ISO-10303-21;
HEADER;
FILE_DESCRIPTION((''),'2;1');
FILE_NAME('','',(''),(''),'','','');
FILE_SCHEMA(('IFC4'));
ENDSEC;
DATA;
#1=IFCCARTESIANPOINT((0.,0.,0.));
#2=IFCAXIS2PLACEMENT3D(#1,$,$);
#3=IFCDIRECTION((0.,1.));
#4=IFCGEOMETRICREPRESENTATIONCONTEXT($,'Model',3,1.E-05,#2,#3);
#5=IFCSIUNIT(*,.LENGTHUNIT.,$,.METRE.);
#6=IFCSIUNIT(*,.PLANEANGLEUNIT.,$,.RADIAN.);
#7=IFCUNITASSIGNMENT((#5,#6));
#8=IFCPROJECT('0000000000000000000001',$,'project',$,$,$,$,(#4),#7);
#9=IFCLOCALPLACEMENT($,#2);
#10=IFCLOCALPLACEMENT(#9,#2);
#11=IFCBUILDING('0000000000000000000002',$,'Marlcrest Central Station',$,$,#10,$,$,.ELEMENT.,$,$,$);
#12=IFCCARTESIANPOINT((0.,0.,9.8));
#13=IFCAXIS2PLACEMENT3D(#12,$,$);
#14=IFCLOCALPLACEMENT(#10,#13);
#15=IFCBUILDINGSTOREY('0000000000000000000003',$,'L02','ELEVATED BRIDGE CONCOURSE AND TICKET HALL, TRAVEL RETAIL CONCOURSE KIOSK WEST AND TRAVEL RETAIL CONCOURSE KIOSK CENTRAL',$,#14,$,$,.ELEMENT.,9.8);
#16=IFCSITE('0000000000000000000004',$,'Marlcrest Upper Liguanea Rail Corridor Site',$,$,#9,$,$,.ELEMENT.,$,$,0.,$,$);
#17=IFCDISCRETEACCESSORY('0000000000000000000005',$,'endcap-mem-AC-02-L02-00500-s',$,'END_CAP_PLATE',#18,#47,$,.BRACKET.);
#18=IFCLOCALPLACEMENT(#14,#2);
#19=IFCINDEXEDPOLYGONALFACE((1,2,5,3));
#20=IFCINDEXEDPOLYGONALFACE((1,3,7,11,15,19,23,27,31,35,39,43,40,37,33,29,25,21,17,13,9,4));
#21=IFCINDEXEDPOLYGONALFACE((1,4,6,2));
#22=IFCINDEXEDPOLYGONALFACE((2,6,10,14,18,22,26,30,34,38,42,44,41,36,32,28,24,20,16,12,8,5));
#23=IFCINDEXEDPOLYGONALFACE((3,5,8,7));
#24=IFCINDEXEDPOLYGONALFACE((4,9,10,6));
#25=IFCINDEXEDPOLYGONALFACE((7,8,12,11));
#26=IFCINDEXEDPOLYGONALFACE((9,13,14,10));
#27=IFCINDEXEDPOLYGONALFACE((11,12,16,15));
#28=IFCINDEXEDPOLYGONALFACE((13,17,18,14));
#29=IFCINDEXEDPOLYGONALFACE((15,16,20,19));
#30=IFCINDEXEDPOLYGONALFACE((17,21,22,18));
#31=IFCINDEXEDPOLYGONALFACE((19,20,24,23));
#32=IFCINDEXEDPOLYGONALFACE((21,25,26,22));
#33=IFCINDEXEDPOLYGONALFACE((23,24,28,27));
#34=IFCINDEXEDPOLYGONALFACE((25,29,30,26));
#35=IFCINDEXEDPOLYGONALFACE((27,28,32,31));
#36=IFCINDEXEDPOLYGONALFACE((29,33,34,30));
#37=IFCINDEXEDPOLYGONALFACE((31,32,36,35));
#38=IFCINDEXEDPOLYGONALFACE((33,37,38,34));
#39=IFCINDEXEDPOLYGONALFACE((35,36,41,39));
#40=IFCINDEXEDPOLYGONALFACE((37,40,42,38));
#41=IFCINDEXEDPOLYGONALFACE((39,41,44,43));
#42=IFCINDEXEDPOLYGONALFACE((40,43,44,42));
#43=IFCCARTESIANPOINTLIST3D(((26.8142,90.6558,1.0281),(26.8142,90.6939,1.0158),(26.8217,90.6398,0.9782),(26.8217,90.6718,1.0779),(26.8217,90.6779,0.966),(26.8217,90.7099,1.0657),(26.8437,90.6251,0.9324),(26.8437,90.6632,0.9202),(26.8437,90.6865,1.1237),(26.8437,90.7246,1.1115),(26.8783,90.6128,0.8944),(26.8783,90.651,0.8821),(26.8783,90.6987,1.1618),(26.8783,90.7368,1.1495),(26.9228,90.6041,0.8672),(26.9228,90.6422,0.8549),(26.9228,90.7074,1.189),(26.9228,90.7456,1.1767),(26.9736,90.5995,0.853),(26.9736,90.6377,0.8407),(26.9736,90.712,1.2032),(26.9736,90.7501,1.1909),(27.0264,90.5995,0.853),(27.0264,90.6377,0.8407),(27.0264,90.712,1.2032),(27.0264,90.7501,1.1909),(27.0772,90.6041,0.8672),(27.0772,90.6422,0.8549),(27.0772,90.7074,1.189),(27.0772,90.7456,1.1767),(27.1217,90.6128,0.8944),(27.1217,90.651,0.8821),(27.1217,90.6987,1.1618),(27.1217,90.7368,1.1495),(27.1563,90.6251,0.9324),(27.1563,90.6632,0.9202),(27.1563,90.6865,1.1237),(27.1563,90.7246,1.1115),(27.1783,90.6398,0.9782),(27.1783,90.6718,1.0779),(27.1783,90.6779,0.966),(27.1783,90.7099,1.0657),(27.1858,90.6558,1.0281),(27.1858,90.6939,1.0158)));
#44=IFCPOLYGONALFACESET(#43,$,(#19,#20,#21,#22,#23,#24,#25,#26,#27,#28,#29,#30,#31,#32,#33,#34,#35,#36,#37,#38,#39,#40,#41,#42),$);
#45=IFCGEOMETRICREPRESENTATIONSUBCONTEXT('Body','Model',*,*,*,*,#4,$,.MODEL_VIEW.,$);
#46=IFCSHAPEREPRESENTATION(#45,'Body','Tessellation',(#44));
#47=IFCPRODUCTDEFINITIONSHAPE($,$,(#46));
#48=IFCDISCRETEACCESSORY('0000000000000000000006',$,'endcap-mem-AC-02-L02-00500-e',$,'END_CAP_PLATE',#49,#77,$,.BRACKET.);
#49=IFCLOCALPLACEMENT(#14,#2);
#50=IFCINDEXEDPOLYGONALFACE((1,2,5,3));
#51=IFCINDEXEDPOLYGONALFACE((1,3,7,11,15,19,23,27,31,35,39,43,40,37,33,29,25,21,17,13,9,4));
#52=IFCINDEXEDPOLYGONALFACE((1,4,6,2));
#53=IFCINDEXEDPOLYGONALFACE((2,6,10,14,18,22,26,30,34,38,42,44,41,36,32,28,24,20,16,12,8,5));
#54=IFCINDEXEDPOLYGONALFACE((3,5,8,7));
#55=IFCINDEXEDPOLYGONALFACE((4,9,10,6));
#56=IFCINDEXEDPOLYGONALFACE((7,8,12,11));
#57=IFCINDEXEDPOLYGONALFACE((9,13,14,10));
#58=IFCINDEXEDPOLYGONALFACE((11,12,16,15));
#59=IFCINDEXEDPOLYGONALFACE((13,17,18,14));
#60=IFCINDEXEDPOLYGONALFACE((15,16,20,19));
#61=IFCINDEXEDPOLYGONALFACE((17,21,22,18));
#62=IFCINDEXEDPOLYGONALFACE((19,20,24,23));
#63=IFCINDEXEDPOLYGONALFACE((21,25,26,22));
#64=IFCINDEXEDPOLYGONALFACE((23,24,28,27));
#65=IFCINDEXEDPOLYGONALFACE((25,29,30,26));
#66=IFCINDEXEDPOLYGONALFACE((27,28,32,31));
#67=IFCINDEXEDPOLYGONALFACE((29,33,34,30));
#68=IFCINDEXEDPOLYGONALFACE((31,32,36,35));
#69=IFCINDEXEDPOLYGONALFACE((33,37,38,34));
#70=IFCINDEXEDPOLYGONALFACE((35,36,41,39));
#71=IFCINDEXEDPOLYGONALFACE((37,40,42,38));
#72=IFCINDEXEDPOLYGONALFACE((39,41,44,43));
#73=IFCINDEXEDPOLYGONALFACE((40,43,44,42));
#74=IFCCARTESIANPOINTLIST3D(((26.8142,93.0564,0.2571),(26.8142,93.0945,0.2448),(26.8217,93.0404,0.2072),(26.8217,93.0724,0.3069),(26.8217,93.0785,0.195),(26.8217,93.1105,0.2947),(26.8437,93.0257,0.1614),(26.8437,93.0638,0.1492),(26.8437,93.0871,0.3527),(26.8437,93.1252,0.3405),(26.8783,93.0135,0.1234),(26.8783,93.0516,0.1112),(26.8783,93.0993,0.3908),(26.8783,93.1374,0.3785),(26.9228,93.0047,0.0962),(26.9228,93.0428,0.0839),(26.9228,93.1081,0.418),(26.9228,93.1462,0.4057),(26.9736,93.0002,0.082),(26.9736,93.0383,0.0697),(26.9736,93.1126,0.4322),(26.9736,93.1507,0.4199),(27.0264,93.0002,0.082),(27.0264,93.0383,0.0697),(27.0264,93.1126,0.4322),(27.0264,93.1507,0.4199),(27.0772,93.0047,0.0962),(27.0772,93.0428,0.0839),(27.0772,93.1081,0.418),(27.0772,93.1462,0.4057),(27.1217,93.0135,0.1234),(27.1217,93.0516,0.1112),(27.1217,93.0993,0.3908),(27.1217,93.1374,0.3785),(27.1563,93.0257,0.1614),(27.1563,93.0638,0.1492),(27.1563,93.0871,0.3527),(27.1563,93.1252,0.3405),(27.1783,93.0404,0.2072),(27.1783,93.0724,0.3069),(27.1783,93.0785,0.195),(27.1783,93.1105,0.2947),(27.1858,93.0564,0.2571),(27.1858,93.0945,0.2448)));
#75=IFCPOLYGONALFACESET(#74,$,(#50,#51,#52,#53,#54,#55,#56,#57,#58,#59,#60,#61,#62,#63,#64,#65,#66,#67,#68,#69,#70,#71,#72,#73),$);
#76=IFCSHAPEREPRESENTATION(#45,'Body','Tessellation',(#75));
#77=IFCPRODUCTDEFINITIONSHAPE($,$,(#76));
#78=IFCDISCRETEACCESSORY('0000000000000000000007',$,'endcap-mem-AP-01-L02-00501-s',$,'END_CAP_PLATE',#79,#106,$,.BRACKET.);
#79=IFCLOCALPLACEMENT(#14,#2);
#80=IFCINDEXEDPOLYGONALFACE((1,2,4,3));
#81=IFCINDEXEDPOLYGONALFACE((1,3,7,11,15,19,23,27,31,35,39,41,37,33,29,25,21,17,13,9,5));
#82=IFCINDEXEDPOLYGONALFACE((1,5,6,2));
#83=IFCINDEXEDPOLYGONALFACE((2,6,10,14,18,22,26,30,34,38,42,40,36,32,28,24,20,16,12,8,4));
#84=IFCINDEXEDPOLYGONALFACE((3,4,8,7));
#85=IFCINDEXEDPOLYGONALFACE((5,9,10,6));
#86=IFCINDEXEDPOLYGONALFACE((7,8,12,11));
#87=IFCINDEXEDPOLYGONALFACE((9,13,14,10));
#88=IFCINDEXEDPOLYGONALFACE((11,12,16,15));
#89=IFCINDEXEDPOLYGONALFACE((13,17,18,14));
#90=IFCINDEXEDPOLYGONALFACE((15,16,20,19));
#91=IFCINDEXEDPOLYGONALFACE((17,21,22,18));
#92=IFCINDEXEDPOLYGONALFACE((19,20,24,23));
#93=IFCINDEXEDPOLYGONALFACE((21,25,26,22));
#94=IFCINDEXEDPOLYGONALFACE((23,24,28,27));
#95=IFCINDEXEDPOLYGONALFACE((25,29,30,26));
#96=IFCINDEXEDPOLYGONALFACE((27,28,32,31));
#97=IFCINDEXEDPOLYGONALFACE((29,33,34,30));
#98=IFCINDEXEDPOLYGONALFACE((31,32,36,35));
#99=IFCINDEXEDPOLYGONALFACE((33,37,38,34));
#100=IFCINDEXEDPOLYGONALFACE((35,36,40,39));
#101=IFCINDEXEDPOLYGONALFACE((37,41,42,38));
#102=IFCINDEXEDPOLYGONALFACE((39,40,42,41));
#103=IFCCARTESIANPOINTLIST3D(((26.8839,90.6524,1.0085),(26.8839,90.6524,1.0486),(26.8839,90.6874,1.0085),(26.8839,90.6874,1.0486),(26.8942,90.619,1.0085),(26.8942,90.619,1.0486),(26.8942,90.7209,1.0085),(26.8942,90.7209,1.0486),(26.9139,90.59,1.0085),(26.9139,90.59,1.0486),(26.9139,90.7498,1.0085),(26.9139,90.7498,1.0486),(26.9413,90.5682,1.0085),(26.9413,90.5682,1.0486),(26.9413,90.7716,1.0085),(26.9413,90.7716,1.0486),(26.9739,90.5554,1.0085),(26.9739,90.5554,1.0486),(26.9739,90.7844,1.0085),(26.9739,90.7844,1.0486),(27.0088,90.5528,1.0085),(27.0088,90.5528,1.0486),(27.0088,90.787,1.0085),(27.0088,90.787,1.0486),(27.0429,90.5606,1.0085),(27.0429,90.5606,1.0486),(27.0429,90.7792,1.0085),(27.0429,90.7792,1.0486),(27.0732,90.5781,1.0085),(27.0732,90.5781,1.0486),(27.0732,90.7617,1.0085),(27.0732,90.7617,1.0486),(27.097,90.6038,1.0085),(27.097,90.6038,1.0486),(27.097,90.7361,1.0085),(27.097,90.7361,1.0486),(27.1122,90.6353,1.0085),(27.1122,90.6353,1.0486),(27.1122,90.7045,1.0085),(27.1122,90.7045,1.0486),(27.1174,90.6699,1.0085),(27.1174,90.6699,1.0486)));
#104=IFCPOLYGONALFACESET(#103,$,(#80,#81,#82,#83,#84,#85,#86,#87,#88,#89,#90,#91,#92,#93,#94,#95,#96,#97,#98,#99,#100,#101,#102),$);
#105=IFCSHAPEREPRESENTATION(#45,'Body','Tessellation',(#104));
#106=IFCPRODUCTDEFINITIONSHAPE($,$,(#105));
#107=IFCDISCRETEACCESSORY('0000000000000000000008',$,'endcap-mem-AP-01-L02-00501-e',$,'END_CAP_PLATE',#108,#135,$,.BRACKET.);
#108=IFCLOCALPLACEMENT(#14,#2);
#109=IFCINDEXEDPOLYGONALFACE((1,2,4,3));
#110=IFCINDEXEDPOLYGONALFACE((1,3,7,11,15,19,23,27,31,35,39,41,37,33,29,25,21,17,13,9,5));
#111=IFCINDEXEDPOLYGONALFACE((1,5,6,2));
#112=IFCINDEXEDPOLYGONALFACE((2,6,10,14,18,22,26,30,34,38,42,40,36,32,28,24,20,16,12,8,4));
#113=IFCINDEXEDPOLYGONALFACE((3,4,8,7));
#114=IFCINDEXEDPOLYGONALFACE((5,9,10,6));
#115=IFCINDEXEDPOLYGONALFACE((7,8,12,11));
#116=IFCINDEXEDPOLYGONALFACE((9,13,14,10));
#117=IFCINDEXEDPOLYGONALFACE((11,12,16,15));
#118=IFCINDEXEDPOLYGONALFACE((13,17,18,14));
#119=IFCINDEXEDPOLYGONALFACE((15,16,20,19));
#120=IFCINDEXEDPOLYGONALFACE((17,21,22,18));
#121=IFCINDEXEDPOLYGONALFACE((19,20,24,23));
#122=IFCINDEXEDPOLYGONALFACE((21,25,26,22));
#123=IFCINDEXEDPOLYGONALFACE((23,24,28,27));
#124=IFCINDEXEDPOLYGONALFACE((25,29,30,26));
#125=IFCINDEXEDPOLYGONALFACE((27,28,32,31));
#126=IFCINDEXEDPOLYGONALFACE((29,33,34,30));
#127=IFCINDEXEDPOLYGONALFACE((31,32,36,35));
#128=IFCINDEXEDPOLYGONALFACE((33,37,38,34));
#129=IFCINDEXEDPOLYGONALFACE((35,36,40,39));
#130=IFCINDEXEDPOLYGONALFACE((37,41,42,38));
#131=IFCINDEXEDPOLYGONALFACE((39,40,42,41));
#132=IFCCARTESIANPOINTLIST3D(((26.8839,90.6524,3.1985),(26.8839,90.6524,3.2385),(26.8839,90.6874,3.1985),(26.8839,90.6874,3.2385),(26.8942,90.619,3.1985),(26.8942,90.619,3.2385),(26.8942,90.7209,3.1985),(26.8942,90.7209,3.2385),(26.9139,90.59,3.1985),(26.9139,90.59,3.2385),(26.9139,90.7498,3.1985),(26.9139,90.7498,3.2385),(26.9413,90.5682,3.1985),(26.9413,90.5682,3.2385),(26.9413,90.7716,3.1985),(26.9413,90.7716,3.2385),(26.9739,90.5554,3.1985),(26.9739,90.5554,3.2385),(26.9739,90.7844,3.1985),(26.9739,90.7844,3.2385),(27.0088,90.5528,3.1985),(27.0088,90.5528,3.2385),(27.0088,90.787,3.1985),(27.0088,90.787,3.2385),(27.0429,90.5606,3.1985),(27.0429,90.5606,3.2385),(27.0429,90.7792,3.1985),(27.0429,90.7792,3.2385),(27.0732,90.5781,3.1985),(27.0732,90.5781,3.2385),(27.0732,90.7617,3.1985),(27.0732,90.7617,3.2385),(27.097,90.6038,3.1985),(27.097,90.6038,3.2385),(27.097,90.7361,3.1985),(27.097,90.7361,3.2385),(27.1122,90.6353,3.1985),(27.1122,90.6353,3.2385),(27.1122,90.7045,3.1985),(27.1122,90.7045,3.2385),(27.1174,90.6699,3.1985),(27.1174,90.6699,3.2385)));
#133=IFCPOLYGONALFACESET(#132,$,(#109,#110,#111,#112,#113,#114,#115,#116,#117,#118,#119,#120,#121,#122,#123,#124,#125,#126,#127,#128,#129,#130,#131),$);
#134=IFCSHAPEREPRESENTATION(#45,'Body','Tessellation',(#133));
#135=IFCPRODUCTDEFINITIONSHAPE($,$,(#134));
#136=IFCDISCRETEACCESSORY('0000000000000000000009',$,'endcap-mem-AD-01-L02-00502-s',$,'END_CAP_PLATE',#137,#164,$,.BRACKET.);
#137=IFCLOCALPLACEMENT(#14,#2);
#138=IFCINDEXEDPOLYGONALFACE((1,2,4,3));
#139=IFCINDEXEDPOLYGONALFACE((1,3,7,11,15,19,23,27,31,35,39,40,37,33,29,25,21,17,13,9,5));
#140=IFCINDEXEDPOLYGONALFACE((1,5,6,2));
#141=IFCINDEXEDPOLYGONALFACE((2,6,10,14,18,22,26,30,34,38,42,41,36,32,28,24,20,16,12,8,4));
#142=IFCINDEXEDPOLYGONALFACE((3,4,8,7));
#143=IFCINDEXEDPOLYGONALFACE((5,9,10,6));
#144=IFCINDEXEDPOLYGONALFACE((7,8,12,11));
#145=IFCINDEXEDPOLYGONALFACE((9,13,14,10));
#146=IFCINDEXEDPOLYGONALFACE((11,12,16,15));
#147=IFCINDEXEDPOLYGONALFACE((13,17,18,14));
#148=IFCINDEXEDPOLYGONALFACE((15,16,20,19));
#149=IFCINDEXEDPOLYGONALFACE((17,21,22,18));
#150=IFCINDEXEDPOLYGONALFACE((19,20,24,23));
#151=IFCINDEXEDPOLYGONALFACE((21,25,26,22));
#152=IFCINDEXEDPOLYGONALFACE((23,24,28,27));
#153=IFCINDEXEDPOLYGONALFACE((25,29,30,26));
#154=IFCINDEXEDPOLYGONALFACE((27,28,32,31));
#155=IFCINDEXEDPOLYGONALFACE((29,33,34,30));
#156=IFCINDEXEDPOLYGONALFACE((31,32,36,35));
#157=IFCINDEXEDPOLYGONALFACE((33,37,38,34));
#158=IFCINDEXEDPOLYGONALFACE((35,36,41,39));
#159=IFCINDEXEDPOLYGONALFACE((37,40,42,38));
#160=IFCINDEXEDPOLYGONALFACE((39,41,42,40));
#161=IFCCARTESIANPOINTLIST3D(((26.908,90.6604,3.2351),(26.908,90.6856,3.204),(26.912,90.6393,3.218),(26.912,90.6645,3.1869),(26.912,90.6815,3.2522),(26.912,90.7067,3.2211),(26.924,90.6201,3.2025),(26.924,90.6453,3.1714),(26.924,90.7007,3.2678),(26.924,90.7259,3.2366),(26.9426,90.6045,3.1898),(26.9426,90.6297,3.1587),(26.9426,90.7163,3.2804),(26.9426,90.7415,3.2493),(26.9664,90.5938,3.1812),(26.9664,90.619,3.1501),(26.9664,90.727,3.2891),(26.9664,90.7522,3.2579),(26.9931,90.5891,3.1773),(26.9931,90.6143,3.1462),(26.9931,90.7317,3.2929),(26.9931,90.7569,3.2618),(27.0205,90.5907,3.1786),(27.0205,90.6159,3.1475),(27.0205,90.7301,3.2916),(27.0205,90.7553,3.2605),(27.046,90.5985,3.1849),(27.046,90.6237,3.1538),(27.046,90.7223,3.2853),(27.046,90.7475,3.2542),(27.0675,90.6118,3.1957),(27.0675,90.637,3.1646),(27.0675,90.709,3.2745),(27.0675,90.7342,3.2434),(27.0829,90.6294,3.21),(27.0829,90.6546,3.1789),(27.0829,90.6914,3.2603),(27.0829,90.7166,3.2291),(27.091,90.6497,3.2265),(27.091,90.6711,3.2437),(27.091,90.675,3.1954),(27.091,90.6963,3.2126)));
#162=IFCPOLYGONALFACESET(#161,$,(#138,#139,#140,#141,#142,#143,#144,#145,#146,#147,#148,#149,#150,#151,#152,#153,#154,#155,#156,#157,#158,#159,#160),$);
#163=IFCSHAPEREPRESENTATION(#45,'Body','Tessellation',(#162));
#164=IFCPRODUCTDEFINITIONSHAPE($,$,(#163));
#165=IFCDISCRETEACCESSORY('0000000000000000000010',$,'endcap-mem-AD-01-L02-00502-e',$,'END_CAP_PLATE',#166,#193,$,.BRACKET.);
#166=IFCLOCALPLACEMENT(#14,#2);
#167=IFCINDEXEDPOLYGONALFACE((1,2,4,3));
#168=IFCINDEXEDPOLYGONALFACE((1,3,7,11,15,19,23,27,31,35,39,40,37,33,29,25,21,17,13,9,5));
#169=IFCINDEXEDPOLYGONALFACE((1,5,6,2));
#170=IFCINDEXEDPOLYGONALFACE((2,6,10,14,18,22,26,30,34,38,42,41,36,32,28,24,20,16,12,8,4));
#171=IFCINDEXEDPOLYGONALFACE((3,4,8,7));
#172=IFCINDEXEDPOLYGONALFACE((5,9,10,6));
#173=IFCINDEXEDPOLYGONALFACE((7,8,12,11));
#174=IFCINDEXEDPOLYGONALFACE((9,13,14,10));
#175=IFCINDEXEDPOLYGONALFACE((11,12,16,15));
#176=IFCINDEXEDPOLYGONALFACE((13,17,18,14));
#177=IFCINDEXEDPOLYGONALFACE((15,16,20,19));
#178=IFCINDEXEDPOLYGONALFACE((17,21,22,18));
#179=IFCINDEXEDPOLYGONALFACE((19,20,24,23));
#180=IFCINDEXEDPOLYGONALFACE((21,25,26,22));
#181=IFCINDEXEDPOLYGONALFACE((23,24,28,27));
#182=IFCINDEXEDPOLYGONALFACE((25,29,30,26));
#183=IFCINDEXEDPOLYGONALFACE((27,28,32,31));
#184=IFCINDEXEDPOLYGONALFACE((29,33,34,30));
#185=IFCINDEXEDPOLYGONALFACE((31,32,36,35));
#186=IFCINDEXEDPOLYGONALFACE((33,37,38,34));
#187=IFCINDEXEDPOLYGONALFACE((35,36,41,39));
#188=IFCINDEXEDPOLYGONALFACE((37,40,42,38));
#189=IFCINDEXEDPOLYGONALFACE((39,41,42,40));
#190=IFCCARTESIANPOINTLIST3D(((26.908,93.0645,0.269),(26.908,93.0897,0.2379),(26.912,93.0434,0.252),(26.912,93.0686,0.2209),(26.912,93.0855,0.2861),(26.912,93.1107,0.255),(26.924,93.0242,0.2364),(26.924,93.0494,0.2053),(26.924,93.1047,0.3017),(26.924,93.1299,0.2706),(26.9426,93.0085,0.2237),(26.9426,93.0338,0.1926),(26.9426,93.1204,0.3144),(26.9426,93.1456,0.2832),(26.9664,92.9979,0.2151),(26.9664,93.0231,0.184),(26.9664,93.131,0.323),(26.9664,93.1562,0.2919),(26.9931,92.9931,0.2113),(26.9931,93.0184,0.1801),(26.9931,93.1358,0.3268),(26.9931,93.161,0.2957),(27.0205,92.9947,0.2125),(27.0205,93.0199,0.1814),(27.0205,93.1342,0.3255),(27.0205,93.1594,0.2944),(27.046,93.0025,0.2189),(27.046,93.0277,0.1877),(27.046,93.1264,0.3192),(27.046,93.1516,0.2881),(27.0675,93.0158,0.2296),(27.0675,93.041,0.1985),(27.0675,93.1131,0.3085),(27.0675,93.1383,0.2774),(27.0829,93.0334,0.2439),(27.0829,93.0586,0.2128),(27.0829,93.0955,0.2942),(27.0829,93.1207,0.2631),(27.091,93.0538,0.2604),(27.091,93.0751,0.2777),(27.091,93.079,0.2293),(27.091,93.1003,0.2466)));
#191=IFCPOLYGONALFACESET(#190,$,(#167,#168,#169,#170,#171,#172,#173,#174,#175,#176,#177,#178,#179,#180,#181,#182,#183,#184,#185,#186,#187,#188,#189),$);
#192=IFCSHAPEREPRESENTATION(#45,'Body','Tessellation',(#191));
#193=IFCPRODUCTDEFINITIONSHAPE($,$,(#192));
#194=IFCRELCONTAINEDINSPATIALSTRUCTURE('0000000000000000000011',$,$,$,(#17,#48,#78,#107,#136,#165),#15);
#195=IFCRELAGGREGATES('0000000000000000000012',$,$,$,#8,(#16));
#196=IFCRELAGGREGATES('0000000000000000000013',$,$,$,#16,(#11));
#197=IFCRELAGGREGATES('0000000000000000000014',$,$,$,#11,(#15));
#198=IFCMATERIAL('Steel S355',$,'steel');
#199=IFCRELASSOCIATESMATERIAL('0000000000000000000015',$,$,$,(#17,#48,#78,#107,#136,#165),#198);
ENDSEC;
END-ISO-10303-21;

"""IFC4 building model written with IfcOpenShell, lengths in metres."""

from ifc_helpers import new_model, si_unit, direction, frame, origin, origin_2d, place, context, subcontext, project, spatial, circle, extrude, material, element, save


model = new_model("IFC4")

# Units and contexts
model_context = context("Model", 3, precision=1e-05, world=origin(), true_north=direction((0.0, 1.0)))
body_context = subcontext(model_context, "Body", "Model", "MODEL_VIEW")
ifc_project = project(units=[si_unit("LENGTHUNIT", "METRE"), si_unit("PLANEANGLEUNIT", "RADIAN")], contexts=[model_context])

# Site, building, storey
site_placement = place(None, origin())
site = spatial("IfcSite", under=ifc_project, at=site_placement, Name="Marlcrest Upper Liguanea Rail Corridor Site", CompositionType="ELEMENT", RefElevation=0.0)
building_placement = place(site_placement, origin())
building = spatial("IfcBuilding", under=site, at=building_placement, Name="Marlcrest Central Station", CompositionType="ELEMENT")
storey_placement = place(building_placement, frame((0.0, 0.0, 9.8)))
storey = spatial("IfcBuildingStorey", under=building, at=storey_placement, Name="L02", Description="ELEVATED BRIDGE CONCOURSE AND TICKET HALL, TRAVEL RETAIL CONCOURSE KIOSK WEST AND TRAVEL RETAIL CONCOURSE KIOSK CENTRAL", CompositionType="ELEMENT", Elevation=9.8)

# Shared definitions
ifc_material_1 = material(Name="Steel S355", Category="steel")

# Discrete accessories
for number, where, z_axis, x_axis, name in (
    (1, (27.0, 90.6558, 1.0281), (0.0, 0.952117, -0.305734), (-1.0, 0.0, 0.0), "endcap-mem-AC-02-L02-00500-s"),
    (2, (27.0, 93.0564, 0.2571), (0.0, 0.952117, -0.305734), (-1.0, 0.0, 0.0), "endcap-mem-AC-02-L02-00500-e"),
):
    element("IfcDiscreteAccessory", number, at=place(storey_placement, frame(where, z_axis=z_axis, x_axis=x_axis)), inside=storey, material=ifc_material_1, Name=name, ObjectType="END_CAP_PLATE", PredefinedType="BRACKET", context=body_context, shape_type="SweptSolid", body=[
        extrude(circle(Radius=0.1858, at=origin_2d()), origin(), (0.0, 0.0, 1.0), 0.04),
    ])
for number, where, z_axis, x_axis, name in (
    (3, (27.0, 90.6699, 1.0085), (0.0, 0.0, 1.0), (1.0, 0.0, 0.0), "endcap-mem-AP-01-L02-00501-s"),
    (4, (27.0, 90.6699, 3.1985), (0.0, 0.0, 1.0), (1.0, 0.0, 0.0), "endcap-mem-AP-01-L02-00501-e"),
):
    element("IfcDiscreteAccessory", number, at=place(storey_placement, frame(where, z_axis=z_axis, x_axis=x_axis)), inside=storey, material=ifc_material_1, Name=name, ObjectType="END_CAP_PLATE", PredefinedType="BRACKET", context=body_context, shape_type="SweptSolid", body=[
        extrude(circle(Radius=0.1174, at=origin_2d()), origin(), (0.0, 0.0, 1.0), 0.04),
    ])
for number, where, z_axis, x_axis, name in (
    (5, (27.0, 90.6604, 3.2351), (0.0, 0.629629, -0.776896), (-1.0, 0.0, 0.0), "endcap-mem-AD-01-L02-00502-s"),
    (6, (27.0, 93.0645, 0.269), (0.0, 0.629629, -0.776896), (-1.0, 0.0, 0.0), "endcap-mem-AD-01-L02-00502-e"),
):
    element("IfcDiscreteAccessory", number, at=place(storey_placement, frame(where, z_axis=z_axis, x_axis=x_axis)), inside=storey, material=ifc_material_1, Name=name, ObjectType="END_CAP_PLATE", PredefinedType="BRACKET", context=body_context, shape_type="SweptSolid", body=[
        extrude(circle(Radius=0.092, at=origin_2d()), origin(), (0.0, 0.0, 1.0), 0.04),
    ])

save(model, "model.ifc")
